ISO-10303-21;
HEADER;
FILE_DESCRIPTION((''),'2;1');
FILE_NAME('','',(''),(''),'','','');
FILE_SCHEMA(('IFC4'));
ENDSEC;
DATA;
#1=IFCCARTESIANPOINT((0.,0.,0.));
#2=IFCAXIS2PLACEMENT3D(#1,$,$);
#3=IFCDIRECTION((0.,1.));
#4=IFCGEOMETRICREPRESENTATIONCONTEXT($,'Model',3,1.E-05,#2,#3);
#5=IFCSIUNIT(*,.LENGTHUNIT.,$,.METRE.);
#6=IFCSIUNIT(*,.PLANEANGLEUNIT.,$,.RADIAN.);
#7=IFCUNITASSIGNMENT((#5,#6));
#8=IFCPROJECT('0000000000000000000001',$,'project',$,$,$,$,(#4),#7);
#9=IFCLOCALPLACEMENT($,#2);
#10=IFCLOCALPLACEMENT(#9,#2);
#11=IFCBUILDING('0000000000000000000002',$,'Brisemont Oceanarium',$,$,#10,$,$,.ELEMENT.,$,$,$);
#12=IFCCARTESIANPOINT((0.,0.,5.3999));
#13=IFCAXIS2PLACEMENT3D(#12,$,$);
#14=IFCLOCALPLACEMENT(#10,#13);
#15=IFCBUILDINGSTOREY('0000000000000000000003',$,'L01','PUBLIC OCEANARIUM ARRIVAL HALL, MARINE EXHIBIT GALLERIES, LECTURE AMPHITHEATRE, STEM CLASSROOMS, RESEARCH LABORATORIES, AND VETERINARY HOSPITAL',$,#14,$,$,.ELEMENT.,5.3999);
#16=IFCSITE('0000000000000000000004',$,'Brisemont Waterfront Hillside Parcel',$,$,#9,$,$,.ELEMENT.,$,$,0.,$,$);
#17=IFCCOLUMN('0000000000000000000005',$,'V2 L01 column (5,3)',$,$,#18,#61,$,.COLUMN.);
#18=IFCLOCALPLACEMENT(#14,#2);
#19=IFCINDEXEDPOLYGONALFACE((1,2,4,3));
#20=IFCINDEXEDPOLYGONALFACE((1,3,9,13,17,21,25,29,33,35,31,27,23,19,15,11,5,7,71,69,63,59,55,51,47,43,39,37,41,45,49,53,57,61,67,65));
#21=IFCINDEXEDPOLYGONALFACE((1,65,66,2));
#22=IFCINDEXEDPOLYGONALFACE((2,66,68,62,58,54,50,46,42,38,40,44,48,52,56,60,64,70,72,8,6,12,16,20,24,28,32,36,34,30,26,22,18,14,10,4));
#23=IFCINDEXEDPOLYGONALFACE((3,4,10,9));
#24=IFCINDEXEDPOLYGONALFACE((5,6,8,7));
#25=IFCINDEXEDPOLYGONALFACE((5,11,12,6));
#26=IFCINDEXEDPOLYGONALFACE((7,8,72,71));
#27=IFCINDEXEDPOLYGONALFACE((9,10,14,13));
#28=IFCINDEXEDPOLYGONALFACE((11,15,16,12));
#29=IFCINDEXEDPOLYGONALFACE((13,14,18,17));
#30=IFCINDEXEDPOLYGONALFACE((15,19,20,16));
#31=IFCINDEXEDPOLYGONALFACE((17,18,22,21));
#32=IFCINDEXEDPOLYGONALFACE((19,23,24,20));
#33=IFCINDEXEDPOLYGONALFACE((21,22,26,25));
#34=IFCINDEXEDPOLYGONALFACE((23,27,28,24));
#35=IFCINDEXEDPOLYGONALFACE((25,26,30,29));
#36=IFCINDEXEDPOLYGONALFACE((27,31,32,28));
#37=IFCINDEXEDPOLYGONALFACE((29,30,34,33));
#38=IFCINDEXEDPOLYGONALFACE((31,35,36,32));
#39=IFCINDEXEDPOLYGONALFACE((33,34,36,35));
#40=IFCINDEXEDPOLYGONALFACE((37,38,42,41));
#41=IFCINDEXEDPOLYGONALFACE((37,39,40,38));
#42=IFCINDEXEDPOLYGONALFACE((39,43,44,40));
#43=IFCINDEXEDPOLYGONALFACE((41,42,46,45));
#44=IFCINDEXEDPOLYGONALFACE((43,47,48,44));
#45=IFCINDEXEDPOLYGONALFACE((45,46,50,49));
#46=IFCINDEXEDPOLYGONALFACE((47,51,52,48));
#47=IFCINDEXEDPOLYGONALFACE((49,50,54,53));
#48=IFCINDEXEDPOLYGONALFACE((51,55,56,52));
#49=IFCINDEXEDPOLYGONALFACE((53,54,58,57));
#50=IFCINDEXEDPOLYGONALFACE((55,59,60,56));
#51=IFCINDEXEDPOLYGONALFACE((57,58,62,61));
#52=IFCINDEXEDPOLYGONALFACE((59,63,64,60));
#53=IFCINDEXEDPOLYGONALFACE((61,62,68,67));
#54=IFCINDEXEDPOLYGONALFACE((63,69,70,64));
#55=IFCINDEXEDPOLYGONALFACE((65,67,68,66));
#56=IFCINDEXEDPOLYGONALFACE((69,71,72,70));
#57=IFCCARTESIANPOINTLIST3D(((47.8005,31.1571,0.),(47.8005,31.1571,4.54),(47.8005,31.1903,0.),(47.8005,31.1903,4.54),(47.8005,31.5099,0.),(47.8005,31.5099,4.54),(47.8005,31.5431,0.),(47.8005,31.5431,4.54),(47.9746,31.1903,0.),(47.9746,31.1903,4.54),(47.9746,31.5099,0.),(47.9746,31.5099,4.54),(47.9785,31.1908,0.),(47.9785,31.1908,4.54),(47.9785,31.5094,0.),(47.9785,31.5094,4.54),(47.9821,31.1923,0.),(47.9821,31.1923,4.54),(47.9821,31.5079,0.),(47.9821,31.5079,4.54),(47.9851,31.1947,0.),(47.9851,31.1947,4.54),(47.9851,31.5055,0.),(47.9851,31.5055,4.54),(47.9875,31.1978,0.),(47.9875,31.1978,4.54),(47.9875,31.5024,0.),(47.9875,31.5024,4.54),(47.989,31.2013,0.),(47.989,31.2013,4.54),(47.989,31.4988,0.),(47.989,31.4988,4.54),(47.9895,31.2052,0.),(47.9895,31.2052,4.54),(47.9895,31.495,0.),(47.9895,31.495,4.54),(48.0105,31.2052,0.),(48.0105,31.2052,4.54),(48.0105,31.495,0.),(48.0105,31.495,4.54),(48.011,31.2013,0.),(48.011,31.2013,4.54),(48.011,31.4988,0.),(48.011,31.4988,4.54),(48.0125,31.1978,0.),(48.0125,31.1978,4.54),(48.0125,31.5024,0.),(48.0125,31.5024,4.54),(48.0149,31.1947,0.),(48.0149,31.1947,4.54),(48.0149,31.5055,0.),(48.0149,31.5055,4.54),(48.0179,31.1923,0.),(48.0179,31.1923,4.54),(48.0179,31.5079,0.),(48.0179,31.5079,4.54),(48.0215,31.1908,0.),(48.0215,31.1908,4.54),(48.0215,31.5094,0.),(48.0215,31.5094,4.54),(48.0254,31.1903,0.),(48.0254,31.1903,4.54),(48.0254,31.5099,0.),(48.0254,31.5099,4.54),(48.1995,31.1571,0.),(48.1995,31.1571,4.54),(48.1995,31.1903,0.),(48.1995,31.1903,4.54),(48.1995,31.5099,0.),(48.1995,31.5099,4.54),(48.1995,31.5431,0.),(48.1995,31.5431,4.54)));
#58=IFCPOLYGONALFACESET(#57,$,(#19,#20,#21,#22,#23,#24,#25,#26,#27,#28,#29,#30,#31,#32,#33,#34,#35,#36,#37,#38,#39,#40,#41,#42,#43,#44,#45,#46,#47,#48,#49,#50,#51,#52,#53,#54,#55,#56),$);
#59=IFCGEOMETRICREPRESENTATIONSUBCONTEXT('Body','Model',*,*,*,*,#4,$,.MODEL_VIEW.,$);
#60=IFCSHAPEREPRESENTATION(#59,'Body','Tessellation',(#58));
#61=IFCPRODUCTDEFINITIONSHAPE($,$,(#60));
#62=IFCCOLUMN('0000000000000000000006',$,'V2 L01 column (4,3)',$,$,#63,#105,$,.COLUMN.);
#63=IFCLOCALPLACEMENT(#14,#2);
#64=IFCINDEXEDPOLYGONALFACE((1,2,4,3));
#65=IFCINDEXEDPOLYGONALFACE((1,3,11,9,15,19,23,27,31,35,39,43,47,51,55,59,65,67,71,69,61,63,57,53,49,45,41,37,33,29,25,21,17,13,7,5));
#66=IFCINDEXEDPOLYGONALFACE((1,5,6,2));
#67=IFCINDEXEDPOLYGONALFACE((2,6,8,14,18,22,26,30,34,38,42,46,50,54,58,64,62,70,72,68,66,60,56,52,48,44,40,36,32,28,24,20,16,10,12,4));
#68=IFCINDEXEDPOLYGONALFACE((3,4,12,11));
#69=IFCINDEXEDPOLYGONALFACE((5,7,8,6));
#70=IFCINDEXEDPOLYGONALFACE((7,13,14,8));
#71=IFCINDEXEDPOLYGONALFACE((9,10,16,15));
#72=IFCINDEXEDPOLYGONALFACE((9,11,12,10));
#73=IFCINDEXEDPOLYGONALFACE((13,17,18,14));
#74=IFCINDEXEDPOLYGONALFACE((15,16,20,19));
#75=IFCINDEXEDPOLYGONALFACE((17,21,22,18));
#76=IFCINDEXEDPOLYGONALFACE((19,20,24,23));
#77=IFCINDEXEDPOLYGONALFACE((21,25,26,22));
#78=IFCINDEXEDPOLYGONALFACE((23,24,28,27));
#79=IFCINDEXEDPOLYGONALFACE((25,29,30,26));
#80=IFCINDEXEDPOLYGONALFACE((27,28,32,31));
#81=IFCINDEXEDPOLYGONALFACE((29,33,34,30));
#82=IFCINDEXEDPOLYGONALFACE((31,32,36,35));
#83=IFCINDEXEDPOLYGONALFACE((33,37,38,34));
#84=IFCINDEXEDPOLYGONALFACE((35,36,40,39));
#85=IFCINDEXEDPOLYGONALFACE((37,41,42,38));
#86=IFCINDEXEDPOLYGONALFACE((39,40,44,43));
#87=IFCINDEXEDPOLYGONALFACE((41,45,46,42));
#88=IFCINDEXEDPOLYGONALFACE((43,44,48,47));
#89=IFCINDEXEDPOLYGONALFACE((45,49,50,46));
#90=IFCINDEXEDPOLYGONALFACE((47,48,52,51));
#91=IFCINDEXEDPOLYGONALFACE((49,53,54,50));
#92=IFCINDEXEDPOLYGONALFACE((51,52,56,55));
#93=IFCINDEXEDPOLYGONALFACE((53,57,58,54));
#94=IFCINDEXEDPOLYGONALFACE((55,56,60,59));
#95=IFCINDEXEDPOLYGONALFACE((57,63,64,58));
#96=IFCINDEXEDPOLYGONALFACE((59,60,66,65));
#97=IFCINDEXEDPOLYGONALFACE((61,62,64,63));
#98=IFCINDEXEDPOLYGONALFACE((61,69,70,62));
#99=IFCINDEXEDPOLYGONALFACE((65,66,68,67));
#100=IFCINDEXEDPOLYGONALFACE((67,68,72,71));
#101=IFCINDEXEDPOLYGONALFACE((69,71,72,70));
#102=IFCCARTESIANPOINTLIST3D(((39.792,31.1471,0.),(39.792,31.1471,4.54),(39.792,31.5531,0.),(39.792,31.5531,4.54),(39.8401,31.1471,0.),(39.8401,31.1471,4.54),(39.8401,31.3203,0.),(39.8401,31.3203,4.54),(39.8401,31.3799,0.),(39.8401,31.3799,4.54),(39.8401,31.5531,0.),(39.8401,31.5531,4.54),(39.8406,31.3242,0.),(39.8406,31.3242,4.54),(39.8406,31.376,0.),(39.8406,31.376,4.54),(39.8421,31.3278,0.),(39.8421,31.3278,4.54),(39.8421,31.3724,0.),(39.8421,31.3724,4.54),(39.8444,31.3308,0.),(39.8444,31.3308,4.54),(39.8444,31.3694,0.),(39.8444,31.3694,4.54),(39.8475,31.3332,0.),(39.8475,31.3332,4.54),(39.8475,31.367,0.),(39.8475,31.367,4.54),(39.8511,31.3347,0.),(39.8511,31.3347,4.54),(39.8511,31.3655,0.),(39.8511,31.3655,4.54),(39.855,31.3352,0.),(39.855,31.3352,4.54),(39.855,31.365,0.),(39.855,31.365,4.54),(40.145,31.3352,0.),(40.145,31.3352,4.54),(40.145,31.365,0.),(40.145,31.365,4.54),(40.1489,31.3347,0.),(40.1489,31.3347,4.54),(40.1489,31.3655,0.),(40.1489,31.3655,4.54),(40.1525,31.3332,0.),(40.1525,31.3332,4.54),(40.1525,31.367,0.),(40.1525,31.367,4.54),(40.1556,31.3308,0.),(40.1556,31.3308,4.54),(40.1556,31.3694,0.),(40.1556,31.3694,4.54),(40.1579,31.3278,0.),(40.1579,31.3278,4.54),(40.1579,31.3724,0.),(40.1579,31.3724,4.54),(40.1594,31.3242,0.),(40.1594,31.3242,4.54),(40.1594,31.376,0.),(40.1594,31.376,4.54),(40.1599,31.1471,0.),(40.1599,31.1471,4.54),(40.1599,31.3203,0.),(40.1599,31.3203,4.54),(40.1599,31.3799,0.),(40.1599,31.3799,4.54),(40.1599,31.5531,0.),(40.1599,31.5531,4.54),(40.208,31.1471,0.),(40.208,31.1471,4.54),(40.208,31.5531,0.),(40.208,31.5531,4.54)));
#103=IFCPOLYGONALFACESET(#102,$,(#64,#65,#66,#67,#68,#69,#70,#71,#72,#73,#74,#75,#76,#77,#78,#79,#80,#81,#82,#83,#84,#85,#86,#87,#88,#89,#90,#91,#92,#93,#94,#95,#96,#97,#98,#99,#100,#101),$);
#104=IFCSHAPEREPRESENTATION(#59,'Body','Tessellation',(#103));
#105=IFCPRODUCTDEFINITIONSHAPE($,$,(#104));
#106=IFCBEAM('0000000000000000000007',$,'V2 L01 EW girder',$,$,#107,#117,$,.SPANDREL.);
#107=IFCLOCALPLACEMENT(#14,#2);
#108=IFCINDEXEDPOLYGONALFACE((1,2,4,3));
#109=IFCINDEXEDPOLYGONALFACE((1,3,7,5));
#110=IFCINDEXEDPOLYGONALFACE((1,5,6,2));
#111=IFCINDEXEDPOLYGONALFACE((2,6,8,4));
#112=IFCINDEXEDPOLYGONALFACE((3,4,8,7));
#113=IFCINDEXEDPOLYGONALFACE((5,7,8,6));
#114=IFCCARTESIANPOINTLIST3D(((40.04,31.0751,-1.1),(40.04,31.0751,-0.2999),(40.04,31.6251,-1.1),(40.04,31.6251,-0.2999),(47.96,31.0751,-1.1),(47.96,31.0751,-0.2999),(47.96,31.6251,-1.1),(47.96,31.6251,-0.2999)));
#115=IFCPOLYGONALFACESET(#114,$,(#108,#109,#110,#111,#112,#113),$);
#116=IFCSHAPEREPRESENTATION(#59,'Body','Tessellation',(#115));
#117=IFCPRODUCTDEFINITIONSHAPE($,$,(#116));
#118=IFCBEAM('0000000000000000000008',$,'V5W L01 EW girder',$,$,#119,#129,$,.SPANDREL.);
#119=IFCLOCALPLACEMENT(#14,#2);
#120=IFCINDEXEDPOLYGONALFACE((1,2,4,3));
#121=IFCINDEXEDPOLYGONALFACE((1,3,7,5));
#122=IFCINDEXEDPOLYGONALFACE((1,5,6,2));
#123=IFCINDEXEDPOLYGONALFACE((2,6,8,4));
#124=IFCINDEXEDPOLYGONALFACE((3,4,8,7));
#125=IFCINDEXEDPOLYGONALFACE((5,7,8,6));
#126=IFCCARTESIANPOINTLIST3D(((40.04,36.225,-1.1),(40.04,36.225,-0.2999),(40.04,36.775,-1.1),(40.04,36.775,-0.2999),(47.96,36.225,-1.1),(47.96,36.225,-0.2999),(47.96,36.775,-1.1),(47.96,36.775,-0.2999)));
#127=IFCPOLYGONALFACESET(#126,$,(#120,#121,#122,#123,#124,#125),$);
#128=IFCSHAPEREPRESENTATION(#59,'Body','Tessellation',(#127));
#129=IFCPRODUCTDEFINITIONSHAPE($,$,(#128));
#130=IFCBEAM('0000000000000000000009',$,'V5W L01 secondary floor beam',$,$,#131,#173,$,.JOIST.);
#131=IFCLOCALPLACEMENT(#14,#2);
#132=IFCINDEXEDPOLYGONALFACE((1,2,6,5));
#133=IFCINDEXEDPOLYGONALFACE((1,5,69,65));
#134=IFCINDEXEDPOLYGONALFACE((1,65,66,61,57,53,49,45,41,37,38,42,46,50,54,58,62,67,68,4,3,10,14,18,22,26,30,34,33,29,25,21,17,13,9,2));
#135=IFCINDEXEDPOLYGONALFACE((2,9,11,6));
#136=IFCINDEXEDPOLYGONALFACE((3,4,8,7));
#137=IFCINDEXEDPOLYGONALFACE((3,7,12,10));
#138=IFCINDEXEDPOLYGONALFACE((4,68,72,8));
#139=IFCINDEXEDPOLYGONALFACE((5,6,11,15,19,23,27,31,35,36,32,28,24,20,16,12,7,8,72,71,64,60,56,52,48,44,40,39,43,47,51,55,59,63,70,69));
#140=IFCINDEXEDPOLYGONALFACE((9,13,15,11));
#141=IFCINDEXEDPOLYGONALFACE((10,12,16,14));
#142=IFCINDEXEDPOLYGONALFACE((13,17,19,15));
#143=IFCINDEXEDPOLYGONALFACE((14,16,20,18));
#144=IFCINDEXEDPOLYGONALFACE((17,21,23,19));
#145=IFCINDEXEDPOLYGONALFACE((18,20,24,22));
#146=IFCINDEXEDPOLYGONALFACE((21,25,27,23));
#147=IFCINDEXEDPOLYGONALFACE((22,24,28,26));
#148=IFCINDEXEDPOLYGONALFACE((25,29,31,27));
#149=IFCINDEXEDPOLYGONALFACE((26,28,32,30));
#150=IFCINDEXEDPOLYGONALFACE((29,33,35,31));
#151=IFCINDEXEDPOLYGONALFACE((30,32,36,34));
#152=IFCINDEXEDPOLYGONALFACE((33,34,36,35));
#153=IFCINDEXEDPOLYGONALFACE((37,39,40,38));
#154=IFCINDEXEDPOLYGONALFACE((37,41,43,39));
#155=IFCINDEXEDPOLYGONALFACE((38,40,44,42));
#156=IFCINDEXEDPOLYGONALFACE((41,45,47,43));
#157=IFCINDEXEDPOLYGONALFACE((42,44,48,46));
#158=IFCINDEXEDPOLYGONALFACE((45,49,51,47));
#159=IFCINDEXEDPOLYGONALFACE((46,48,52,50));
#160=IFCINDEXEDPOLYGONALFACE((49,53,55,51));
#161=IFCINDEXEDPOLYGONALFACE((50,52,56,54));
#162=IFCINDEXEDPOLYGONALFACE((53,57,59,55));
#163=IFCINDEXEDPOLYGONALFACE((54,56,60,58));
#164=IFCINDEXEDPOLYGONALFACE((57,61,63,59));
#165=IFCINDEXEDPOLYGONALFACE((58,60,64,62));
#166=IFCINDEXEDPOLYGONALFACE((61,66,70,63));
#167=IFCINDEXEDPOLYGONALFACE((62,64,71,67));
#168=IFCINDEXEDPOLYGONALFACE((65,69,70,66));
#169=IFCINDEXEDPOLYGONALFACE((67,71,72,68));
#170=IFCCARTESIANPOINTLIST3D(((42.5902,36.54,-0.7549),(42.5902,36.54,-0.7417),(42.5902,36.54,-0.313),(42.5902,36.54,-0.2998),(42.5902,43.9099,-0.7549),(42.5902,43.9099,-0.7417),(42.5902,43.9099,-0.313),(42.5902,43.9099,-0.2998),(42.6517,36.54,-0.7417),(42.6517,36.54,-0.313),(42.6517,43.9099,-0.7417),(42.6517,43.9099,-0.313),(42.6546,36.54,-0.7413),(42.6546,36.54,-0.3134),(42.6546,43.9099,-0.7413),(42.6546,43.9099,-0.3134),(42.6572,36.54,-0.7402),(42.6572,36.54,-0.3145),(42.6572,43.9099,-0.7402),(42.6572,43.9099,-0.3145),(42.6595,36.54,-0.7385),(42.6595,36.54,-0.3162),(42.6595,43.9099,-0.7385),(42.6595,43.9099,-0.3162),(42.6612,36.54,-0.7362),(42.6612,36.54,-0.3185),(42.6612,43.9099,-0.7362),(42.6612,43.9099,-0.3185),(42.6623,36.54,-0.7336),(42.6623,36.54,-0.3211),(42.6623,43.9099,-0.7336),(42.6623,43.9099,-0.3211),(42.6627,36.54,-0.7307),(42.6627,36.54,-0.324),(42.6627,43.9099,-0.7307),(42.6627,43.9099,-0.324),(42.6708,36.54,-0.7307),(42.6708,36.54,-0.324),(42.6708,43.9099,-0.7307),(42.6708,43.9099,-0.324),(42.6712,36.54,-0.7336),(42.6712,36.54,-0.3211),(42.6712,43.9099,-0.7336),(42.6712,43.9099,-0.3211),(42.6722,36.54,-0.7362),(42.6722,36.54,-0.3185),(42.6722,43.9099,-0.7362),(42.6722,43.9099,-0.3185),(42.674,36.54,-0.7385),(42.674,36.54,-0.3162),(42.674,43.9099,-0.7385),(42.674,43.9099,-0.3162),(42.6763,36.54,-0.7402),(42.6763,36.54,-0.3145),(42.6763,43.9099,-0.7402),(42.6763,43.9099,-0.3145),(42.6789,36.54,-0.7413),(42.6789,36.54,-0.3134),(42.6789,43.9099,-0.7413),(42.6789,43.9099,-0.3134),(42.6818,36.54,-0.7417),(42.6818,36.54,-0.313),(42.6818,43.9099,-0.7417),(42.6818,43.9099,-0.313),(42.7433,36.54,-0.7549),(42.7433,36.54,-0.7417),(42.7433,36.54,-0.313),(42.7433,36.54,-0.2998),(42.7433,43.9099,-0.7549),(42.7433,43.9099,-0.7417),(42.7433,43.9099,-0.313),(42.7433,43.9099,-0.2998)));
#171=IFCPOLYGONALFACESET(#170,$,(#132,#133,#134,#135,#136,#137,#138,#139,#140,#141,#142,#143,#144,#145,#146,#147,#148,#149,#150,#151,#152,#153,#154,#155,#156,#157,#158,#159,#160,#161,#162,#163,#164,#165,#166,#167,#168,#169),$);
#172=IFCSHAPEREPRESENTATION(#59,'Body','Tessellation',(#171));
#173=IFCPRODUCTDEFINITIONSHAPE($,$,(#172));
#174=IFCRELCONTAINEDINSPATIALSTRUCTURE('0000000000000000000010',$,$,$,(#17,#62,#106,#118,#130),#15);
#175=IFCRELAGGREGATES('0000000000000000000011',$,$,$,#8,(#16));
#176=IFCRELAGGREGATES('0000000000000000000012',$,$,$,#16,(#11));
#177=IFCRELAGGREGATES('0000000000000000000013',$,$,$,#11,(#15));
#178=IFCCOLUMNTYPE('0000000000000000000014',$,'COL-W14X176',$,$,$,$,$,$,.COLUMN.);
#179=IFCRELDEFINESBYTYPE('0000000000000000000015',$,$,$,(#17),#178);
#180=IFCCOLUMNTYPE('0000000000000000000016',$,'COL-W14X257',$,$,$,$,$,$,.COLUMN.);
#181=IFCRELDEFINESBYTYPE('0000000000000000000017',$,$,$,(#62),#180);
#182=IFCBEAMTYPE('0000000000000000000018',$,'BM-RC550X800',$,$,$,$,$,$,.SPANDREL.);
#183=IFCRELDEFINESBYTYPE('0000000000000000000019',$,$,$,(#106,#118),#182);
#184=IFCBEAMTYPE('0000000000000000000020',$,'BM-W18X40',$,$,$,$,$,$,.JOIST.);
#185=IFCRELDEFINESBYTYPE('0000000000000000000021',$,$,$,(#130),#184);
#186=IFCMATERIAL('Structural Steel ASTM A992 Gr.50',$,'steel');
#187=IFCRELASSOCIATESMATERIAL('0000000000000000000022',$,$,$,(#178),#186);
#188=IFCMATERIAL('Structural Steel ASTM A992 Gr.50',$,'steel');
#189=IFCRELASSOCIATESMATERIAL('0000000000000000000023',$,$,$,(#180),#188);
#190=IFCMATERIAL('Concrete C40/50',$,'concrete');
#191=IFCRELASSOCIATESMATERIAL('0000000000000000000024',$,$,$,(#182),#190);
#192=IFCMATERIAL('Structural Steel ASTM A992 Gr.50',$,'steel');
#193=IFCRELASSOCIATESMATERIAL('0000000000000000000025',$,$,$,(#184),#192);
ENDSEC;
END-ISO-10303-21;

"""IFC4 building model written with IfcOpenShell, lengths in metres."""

from ifc_helpers import new_model, si_unit, direction, frame, origin, origin_2d, place, context, subcontext, project, spatial, rectangle, i_section, extrude, material, material_profile, profile_set, type_object, element, save


model = new_model("IFC4")

# Units and contexts
model_context = context("Model", 3, precision=1e-05, world=origin(), true_north=direction((0.0, 1.0)))
body_context = subcontext(model_context, "Body", "Model", "MODEL_VIEW")
ifc_project = project(units=[si_unit("LENGTHUNIT", "METRE"), si_unit("PLANEANGLEUNIT", "RADIAN")], contexts=[model_context])

# Site, building, storey
site_placement = place(None, origin())
site = spatial("IfcSite", under=ifc_project, at=site_placement, Name="Brisemont Waterfront Hillside Parcel", CompositionType="ELEMENT", RefElevation=0.0)
building_placement = place(site_placement, origin())
building = spatial("IfcBuilding", under=site, at=building_placement, Name="Brisemont Oceanarium", CompositionType="ELEMENT")
storey_placement = place(building_placement, frame((0.0, 0.0, 5.3999)))
storey = spatial("IfcBuildingStorey", under=building, at=storey_placement, Name="L01", Description="PUBLIC OCEANARIUM ARRIVAL HALL, MARINE EXHIBIT GALLERIES, LECTURE AMPHITHEATRE, STEM CLASSROOMS, RESEARCH LABORATORIES, AND VETERINARY HOSPITAL", CompositionType="ELEMENT", Elevation=5.3999)

# Columns
ifc_material_1 = material(Name="Structural Steel ASTM A992 Gr.50", Category="steel")
ifc_material_profile_1 = material_profile(ifc_material_1, i_section(OverallWidth=0.3989, OverallDepth=0.386, WebThickness=0.021, FlangeThickness=0.0332, FilletRadius=0.0149, at=origin_2d()), Name="W14X176")
ifc_profile_set_1 = profile_set([ifc_material_profile_1], Name="Structural Steel ASTM A992 Gr.50")
column_type_1 = type_object("IfcColumnType", Name="COL-W14X176", PredefinedType="COLUMN", material=ifc_profile_set_1)
column_1_placement = place(storey_placement, frame((48.0, 31.3501, 0.0), z_axis=(0.0, 0.0, 1.0), x_axis=(1.0, 0.0, 0.0)))
element("IfcColumn", 1, at=column_1_placement, inside=storey, type_object=column_type_1, Name="V2 L01 column (5,3)", PredefinedType="COLUMN", context=body_context, shape_type="SweptSolid", body=[
    extrude(i_section(OverallWidth=0.3989, OverallDepth=0.386, WebThickness=0.021, FlangeThickness=0.0332, FilletRadius=0.0149, at=origin_2d()), origin(), (0.0, 0.0, 1.0), 4.54),
])
ifc_material_2 = material(Name="Structural Steel ASTM A992 Gr.50", Category="steel")
ifc_material_profile_2 = material_profile(ifc_material_2, i_section(OverallWidth=0.406, OverallDepth=0.416, WebThickness=0.0298, FlangeThickness=0.0481, FilletRadius=0.0149, at=origin_2d()), Name="W14X257")
ifc_profile_set_2 = profile_set([ifc_material_profile_2], Name="Structural Steel ASTM A992 Gr.50")
column_type_2 = type_object("IfcColumnType", Name="COL-W14X257", PredefinedType="COLUMN", material=ifc_profile_set_2)
column_2_placement = place(storey_placement, frame((40.0, 31.3501, 0.0), z_axis=(0.0, 0.0, 1.0), x_axis=(0.0, 1.0, 0.0)))
element("IfcColumn", 2, at=column_2_placement, inside=storey, type_object=column_type_2, Name="V2 L01 column (4,3)", PredefinedType="COLUMN", context=body_context, shape_type="SweptSolid", body=[
    extrude(i_section(OverallWidth=0.406, OverallDepth=0.416, WebThickness=0.0298, FlangeThickness=0.0481, FilletRadius=0.0149, at=origin_2d()), origin(), (0.0, 0.0, 1.0), 4.54),
])

# Beams
ifc_material_3 = material(Name="Concrete C40/50", Category="concrete")
ifc_material_profile_3 = material_profile(ifc_material_3, rectangle(XDim=0.55, YDim=0.8, at=origin_2d()), Name="RC-BM-550X800")
ifc_profile_set_3 = profile_set([ifc_material_profile_3], Name="Concrete C40/50")
beam_type_1 = type_object("IfcBeamType", Name="BM-RC550X800", PredefinedType="SPANDREL", material=ifc_profile_set_3)
for number, where, z_axis, x_axis, name in (
    (3, (40.04, 31.3501, -0.7), (1.0, 0.0, 0.0), (0.0, 1.0, 0.0), "V2 L01 EW girder"),
    (4, (40.04, 36.5, -0.7), (1.0, 0.0, 0.0), (0.0, 1.0, 0.0), "V5W L01 EW girder"),
):
    element("IfcBeam", number, at=place(storey_placement, frame(where, z_axis=z_axis, x_axis=x_axis)), inside=storey, type_object=beam_type_1, Name=name, PredefinedType="SPANDREL", context=body_context, shape_type="SweptSolid", body=[
        extrude(rectangle(XDim=0.55, YDim=0.8, at=origin_2d()), origin(), (0.0, 0.0, 1.0), 7.9199),
    ])
ifc_material_4 = material(Name="Structural Steel ASTM A992 Gr.50", Category="steel")
ifc_material_profile_4 = material_profile(ifc_material_4, i_section(OverallWidth=0.1531, OverallDepth=0.4551, WebThickness=0.0081, FlangeThickness=0.0132, FilletRadius=0.011, at=origin_2d()), Name="W18X40")
ifc_profile_set_4 = profile_set([ifc_material_profile_4], Name="Structural Steel ASTM A992 Gr.50")
beam_type_2 = type_object("IfcBeamType", Name="BM-W18X40", PredefinedType="JOIST", material=ifc_profile_set_4)
beam_1_placement = place(storey_placement, frame((42.6667, 36.54, -0.5273), z_axis=(0.0, 1.0, 0.0), x_axis=(-1.0, 0.0, 0.0)))
element("IfcBeam", 5, at=beam_1_placement, inside=storey, type_object=beam_type_2, Name="V5W L01 secondary floor beam", PredefinedType="JOIST", context=body_context, shape_type="SweptSolid", body=[
    extrude(i_section(OverallWidth=0.1531, OverallDepth=0.4551, WebThickness=0.0081, FlangeThickness=0.0132, FilletRadius=0.011, at=origin_2d()), origin(), (0.0, 0.0, 1.0), 7.3699),
])

save(model, "model.ifc")
